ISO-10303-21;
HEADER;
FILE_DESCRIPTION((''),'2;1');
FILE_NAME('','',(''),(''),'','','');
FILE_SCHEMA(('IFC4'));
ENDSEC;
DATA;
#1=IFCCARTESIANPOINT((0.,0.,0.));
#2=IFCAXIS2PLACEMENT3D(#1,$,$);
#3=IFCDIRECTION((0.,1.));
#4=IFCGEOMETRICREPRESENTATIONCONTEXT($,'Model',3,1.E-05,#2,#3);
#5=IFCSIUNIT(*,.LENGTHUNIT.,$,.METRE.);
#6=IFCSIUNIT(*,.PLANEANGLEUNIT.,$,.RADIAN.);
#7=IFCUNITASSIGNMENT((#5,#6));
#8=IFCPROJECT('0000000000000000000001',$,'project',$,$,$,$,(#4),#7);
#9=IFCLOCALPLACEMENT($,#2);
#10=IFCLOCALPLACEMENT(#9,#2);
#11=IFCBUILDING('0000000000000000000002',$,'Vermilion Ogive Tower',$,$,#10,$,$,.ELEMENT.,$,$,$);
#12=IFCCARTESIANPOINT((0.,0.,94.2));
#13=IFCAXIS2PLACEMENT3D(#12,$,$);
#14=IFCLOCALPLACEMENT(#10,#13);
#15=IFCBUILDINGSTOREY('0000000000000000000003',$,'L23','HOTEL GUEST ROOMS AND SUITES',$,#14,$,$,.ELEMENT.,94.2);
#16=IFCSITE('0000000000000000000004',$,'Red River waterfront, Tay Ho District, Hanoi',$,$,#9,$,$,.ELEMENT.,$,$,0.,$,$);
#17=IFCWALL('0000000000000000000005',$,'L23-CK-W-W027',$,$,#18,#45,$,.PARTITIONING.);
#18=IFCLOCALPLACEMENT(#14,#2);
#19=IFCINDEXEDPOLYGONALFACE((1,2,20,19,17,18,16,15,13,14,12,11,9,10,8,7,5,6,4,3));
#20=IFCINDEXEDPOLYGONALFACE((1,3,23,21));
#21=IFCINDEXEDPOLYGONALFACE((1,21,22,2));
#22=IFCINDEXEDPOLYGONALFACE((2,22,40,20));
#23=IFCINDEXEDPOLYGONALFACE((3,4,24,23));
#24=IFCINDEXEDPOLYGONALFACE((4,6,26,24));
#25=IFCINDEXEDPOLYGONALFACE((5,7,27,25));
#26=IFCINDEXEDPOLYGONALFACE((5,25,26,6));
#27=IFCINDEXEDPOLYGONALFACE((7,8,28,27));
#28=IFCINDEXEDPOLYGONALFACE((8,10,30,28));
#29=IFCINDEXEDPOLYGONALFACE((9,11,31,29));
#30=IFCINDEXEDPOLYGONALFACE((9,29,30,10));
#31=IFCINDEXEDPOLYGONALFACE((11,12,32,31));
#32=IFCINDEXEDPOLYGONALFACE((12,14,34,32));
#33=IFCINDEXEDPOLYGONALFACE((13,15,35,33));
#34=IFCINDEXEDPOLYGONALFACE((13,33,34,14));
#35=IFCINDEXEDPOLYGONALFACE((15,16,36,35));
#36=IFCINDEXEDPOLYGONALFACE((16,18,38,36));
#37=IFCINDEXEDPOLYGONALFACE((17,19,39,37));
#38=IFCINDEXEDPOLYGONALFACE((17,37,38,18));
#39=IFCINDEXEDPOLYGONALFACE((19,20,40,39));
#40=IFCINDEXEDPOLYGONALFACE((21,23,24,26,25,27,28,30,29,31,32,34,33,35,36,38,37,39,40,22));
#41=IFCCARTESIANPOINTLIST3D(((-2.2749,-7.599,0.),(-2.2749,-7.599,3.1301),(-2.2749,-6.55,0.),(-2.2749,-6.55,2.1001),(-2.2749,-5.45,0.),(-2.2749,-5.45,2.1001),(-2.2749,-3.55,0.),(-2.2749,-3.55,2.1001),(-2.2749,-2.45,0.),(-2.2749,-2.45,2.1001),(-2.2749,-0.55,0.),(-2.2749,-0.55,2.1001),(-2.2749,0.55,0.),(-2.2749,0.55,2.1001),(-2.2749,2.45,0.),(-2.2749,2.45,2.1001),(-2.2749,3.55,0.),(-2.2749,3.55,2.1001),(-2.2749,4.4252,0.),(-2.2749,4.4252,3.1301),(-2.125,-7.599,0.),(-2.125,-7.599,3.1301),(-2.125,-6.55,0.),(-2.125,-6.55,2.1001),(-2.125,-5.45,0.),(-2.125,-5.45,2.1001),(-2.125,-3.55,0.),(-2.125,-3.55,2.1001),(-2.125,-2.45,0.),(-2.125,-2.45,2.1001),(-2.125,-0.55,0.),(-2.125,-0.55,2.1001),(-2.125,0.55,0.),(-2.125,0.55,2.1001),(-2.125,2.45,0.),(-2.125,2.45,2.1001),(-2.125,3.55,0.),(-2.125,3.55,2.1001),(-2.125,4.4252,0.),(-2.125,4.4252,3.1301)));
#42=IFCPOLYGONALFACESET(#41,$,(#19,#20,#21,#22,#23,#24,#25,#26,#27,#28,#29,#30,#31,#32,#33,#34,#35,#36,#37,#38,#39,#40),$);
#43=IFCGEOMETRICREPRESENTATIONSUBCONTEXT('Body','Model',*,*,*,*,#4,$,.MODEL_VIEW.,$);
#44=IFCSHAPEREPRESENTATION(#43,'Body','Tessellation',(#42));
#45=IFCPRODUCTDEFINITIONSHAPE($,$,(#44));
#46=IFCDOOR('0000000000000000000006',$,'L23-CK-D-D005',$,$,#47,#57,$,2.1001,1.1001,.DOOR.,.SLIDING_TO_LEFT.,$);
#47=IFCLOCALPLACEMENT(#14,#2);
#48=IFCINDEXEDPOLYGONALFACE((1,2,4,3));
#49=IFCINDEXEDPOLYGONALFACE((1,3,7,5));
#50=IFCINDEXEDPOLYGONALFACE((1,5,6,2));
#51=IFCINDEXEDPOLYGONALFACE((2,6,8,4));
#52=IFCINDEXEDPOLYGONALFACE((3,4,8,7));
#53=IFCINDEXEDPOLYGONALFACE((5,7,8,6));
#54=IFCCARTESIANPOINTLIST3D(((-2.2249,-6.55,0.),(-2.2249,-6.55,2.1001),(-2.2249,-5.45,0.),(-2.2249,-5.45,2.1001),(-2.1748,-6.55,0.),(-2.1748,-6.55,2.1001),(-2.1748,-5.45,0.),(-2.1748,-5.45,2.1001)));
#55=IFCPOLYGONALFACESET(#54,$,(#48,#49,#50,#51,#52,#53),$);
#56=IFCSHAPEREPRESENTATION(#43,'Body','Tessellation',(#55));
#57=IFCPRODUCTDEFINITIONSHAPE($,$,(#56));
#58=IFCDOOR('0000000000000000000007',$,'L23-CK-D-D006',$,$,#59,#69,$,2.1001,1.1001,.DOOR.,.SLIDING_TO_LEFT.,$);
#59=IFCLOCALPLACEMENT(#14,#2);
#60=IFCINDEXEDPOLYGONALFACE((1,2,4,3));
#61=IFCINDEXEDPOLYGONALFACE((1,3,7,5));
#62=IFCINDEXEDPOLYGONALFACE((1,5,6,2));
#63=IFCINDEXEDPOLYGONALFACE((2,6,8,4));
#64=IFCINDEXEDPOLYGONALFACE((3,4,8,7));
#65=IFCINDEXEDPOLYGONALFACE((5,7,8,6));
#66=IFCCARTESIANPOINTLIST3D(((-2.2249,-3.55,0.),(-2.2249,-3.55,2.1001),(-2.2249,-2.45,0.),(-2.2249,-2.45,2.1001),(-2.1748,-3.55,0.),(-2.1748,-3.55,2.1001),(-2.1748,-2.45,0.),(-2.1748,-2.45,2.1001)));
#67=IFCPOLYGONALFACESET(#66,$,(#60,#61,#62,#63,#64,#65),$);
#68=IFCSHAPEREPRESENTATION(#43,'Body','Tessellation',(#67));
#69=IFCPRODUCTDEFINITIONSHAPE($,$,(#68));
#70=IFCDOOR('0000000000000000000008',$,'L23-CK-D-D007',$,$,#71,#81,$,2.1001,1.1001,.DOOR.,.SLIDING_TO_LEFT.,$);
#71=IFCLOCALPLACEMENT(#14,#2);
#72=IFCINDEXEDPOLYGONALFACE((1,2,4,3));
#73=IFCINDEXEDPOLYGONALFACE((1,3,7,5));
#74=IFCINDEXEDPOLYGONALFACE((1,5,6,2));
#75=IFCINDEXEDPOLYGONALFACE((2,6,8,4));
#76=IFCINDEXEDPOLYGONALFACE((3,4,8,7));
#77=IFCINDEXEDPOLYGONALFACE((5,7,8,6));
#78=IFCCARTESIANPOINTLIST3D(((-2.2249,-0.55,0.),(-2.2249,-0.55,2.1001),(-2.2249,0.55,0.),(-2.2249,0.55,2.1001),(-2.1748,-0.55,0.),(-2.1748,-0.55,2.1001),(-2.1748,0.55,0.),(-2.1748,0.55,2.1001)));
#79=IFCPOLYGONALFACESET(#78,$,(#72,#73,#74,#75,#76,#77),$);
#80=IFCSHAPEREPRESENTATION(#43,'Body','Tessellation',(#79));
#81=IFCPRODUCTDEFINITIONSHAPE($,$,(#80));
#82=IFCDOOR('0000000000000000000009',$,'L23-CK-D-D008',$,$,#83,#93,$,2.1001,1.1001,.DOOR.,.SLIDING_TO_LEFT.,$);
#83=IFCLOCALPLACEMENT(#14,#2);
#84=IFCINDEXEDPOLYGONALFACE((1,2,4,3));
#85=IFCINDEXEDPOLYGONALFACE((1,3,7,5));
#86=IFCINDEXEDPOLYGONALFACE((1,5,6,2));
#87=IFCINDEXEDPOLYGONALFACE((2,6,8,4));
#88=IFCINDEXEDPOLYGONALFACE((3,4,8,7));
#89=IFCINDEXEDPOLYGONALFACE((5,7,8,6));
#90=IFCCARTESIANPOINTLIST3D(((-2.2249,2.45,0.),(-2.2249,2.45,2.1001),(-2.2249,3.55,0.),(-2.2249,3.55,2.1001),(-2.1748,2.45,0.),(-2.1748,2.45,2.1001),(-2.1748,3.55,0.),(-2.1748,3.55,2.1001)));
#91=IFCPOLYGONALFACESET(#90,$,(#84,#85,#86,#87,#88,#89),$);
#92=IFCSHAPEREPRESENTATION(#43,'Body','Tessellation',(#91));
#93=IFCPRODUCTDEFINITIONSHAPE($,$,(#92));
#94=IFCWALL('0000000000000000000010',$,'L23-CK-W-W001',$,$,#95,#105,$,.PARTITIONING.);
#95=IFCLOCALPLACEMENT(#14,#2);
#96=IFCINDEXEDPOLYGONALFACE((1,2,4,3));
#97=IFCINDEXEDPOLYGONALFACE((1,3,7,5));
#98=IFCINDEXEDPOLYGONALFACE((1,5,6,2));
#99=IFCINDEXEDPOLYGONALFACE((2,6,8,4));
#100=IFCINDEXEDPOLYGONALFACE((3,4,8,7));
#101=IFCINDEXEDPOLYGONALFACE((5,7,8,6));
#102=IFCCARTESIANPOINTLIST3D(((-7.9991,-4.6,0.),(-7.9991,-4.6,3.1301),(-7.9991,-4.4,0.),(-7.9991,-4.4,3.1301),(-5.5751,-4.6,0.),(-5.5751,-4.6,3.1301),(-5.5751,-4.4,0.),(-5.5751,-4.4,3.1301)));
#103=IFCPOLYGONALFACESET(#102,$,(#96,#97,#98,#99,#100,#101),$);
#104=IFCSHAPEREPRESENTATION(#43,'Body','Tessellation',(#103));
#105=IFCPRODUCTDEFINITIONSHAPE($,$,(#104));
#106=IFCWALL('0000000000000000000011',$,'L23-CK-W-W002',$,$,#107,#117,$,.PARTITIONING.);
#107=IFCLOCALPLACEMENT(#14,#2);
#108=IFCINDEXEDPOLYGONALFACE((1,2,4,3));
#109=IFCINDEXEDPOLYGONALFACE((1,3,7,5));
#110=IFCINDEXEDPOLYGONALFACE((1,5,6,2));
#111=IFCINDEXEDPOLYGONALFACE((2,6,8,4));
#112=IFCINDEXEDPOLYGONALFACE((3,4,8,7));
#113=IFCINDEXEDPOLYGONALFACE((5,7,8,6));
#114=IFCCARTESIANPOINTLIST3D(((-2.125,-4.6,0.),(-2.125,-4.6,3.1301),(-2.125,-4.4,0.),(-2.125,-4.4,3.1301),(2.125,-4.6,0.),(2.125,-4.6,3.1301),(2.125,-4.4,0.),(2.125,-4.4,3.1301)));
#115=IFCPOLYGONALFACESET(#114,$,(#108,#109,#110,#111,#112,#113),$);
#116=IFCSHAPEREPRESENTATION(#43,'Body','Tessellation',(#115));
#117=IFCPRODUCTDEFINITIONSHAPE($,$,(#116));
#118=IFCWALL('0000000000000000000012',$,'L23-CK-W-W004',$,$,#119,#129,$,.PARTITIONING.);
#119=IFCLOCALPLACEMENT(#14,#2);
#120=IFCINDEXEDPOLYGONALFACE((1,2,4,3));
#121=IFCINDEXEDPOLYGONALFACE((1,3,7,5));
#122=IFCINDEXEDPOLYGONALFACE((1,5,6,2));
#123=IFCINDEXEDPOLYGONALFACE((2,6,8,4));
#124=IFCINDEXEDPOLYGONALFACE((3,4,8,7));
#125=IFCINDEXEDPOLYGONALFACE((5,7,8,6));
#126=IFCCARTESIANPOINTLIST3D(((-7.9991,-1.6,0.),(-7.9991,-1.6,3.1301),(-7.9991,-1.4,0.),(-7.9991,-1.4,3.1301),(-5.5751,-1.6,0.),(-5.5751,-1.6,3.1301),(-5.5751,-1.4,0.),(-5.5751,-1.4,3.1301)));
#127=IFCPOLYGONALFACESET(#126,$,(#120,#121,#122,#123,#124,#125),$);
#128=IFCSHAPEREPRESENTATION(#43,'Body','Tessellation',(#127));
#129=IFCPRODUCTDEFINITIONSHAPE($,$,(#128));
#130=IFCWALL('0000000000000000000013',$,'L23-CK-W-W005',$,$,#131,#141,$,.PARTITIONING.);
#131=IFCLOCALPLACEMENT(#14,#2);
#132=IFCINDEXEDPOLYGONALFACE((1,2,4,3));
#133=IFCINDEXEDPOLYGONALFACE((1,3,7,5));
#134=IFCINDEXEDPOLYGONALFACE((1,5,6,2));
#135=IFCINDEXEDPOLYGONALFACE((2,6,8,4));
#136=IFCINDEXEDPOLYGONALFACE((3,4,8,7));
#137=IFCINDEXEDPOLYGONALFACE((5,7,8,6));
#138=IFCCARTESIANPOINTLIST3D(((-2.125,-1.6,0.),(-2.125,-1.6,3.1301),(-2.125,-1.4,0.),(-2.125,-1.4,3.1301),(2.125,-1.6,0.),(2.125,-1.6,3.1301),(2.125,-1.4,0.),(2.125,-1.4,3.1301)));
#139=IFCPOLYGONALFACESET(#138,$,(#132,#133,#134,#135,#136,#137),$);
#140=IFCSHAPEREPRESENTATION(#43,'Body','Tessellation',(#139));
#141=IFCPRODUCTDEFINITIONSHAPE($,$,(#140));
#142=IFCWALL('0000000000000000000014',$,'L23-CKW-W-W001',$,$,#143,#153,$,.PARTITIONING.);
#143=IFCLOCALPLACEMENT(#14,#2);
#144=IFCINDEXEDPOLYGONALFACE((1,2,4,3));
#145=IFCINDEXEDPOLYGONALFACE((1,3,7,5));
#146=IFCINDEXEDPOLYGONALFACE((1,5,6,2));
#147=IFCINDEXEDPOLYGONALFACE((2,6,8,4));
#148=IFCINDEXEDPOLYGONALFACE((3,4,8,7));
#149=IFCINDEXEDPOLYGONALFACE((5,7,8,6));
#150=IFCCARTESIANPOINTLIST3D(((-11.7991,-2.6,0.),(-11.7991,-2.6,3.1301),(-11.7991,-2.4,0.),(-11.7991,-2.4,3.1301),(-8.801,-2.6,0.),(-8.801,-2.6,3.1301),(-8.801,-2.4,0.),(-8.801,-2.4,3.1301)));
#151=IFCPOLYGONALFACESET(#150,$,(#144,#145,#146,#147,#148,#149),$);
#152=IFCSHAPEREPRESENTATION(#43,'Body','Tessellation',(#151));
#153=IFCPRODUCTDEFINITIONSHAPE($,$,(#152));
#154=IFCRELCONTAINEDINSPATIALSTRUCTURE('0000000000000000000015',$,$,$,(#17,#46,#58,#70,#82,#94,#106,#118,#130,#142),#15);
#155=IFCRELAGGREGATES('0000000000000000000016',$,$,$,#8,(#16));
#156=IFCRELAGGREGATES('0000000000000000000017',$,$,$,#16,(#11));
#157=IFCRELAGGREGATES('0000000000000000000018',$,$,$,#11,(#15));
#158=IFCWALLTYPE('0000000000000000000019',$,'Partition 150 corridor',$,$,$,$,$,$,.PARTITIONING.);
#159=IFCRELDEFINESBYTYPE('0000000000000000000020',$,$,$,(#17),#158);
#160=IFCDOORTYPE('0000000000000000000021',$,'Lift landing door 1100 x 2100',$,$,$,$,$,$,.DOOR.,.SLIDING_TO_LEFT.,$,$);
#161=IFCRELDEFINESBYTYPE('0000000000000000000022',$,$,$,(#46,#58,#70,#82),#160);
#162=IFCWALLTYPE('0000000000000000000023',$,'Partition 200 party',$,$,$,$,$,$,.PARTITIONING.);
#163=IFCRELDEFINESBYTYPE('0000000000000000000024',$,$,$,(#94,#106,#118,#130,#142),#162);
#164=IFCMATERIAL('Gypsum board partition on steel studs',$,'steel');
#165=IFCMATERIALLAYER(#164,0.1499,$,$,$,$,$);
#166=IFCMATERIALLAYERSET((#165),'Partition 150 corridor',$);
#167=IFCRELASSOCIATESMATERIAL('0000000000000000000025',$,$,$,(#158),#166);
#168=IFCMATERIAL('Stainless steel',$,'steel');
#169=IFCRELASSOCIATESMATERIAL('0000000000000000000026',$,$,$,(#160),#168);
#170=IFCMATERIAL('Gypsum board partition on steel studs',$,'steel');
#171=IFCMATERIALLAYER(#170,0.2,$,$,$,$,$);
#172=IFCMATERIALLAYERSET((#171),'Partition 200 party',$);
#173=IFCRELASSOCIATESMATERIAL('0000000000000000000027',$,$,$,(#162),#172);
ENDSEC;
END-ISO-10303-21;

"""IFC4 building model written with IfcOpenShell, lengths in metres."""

from ifc_helpers import new_model, si_unit, direction, frame, frame_2d, origin, place, context, subcontext, project, spatial, rectangle, extrude, material, layer, layer_set, type_object, element, fill, save


model = new_model("IFC4")

# Units and contexts
model_context = context("Model", 3, precision=1e-05, world=origin(), true_north=direction((0.0, 1.0)))
body_context = subcontext(model_context, "Body", "Model", "MODEL_VIEW")
ifc_project = project(units=[si_unit("LENGTHUNIT", "METRE"), si_unit("PLANEANGLEUNIT", "RADIAN")], contexts=[model_context])

# Site, building, storey
site_placement = place(None, origin())
site = spatial("IfcSite", under=ifc_project, at=site_placement, Name="Red River waterfront, Tay Ho District, Hanoi", CompositionType="ELEMENT", RefElevation=0.0)
building_placement = place(site_placement, origin())
building = spatial("IfcBuilding", under=site, at=building_placement, Name="Vermilion Ogive Tower", CompositionType="ELEMENT")
storey_placement = place(building_placement, frame((0.0, 0.0, 94.2)))
storey = spatial("IfcBuildingStorey", under=building, at=storey_placement, Name="L23", Description="HOTEL GUEST ROOMS AND SUITES", CompositionType="ELEMENT", Elevation=94.2)

# Wall, openings, doors
ifc_material_1 = material(Name="Gypsum board partition on steel studs", Category="steel")
ifc_layer_1 = layer(ifc_material_1, 0.1499)
ifc_layer_set_1 = layer_set([ifc_layer_1], Name="Partition 150 corridor")
wall_type_1 = type_object("IfcWallType", Name="Partition 150 corridor", PredefinedType="PARTITIONING", material=ifc_layer_set_1)
ifc_material_2 = material(Name="Stainless steel", Category="steel")
door_type_1 = type_object("IfcDoorType", Name="Lift landing door 1100 x 2100", OperationType="SLIDING_TO_LEFT", PredefinedType="DOOR", material=ifc_material_2)
wall_1_placement = place(storey_placement, frame((-2.2, -7.5991, 0.0), z_axis=(0.0, 0.0, 1.0), x_axis=(0.0, 1.0, 0.0)))
wall_1 = element("IfcWall", 1, at=wall_1_placement, inside=storey, type_object=wall_type_1, Name="L23-CK-W-W027", PredefinedType="PARTITIONING", context=body_context, shape_type="SweptSolid", body=[
    extrude(rectangle(XDim=12.0242, YDim=0.1499, at=frame_2d((6.0122, 0.0))), origin(), (0.0, 0.0, 1.0), 3.1301),
])
opening_1_placement = place(wall_1_placement, frame((1.0491, 0.0, 0.0)))
opening_1 = element("IfcOpeningElement", 2, at=opening_1_placement, cuts=wall_1, PredefinedType="OPENING", context=body_context, shape_type="SweptSolid", body=[
    extrude(rectangle(XDim=1.1001, YDim=2.1001, at=frame_2d((0.55, 1.05))), frame((0.0, 0.085, 0.0), z_axis=(0.0, -1.0, 0.0), x_axis=(1.0, 0.0, 0.0)), (0.0, 0.0, 1.0), 0.1699),
])
opening_2_placement = place(wall_1_placement, frame((4.0491, 0.0, 0.0)))
opening_2 = element("IfcOpeningElement", 3, at=opening_2_placement, cuts=wall_1, PredefinedType="OPENING", context=body_context, shape_type="SweptSolid", body=[
    extrude(rectangle(XDim=1.1001, YDim=2.1001, at=frame_2d((0.55, 1.05))), frame((0.0, 0.085, 0.0), z_axis=(0.0, -1.0, 0.0), x_axis=(1.0, 0.0, 0.0)), (0.0, 0.0, 1.0), 0.1699),
])
opening_3_placement = place(wall_1_placement, frame((7.0491, 0.0, 0.0)))
opening_3 = element("IfcOpeningElement", 4, at=opening_3_placement, cuts=wall_1, PredefinedType="OPENING", context=body_context, shape_type="SweptSolid", body=[
    extrude(rectangle(XDim=1.1001, YDim=2.1001, at=frame_2d((0.55, 1.05))), frame((0.0, 0.085, 0.0), z_axis=(0.0, -1.0, 0.0), x_axis=(1.0, 0.0, 0.0)), (0.0, 0.0, 1.0), 0.1699),
])
opening_4_placement = place(wall_1_placement, frame((10.0491, 0.0, 0.0)))
opening_4 = element("IfcOpeningElement", 5, at=opening_4_placement, cuts=wall_1, PredefinedType="OPENING", context=body_context, shape_type="SweptSolid", body=[
    extrude(rectangle(XDim=1.1001, YDim=2.1001, at=frame_2d((0.55, 1.05))), frame((0.0, 0.085, 0.0), z_axis=(0.0, -1.0, 0.0), x_axis=(1.0, 0.0, 0.0)), (0.0, 0.0, 1.0), 0.1699),
])
door_1_placement = place(opening_1_placement, origin())
door_1 = element("IfcDoor", 6, at=door_1_placement, inside=storey, type_object=door_type_1, Name="L23-CK-D-D005", OperationType="SLIDING_TO_LEFT", OverallHeight=2.1001, OverallWidth=1.1001, PredefinedType="DOOR", context=body_context, shape_type="SweptSolid", body=[
    extrude(rectangle(XDim=1.1001, YDim=2.1001, at=frame_2d((0.55, 1.05))), frame((0.0, 0.0249, 0.0), z_axis=(0.0, -1.0, 0.0), x_axis=(1.0, 0.0, 0.0)), (0.0, 0.0, 1.0), 0.05),
])
fill(opening_1, door_1)
door_2_placement = place(opening_2_placement, origin())
door_2 = element("IfcDoor", 7, at=door_2_placement, inside=storey, type_object=door_type_1, Name="L23-CK-D-D006", OperationType="SLIDING_TO_LEFT", OverallHeight=2.1001, OverallWidth=1.1001, PredefinedType="DOOR", context=body_context, shape_type="SweptSolid", body=[
    extrude(rectangle(XDim=1.1001, YDim=2.1001, at=frame_2d((0.55, 1.05))), frame((0.0, 0.0249, 0.0), z_axis=(0.0, -1.0, 0.0), x_axis=(1.0, 0.0, 0.0)), (0.0, 0.0, 1.0), 0.05),
])
fill(opening_2, door_2)
door_3_placement = place(opening_3_placement, origin())
door_3 = element("IfcDoor", 8, at=door_3_placement, inside=storey, type_object=door_type_1, Name="L23-CK-D-D007", OperationType="SLIDING_TO_LEFT", OverallHeight=2.1001, OverallWidth=1.1001, PredefinedType="DOOR", context=body_context, shape_type="SweptSolid", body=[
    extrude(rectangle(XDim=1.1001, YDim=2.1001, at=frame_2d((0.55, 1.05))), frame((0.0, 0.0249, 0.0), z_axis=(0.0, -1.0, 0.0), x_axis=(1.0, 0.0, 0.0)), (0.0, 0.0, 1.0), 0.05),
])
fill(opening_3, door_3)
door_4_placement = place(opening_4_placement, origin())
door_4 = element("IfcDoor", 9, at=door_4_placement, inside=storey, type_object=door_type_1, Name="L23-CK-D-D008", OperationType="SLIDING_TO_LEFT", OverallHeight=2.1001, OverallWidth=1.1001, PredefinedType="DOOR", context=body_context, shape_type="SweptSolid", body=[
    extrude(rectangle(XDim=1.1001, YDim=2.1001, at=frame_2d((0.55, 1.05))), frame((0.0, 0.0249, 0.0), z_axis=(0.0, -1.0, 0.0), x_axis=(1.0, 0.0, 0.0)), (0.0, 0.0, 1.0), 0.05),
])
fill(opening_4, door_4)

# Walls
ifc_material_3 = material(Name="Gypsum board partition on steel studs", Category="steel")
ifc_layer_2 = layer(ifc_material_3, 0.2)
ifc_layer_set_2 = layer_set([ifc_layer_2], Name="Partition 200 party")
wall_type_2 = type_object("IfcWallType", Name="Partition 200 party", PredefinedType="PARTITIONING", material=ifc_layer_set_2)
wall_2_placement = place(storey_placement, frame((-7.999, -4.5, 0.0), z_axis=(0.0, 0.0, 1.0), x_axis=(1.0, 0.0, 0.0)))
element("IfcWall", 10, at=wall_2_placement, inside=storey, type_object=wall_type_2, Name="L23-CK-W-W001", PredefinedType="PARTITIONING", context=body_context, shape_type="SweptSolid", body=[
    extrude(rectangle(XDim=2.4241, YDim=0.2, at=frame_2d((1.2119, 0.0))), origin(), (0.0, 0.0, 1.0), 3.1301),
])
wall_3_placement = place(storey_placement, frame((-2.125, -4.5, 0.0), z_axis=(0.0, 0.0, 1.0), x_axis=(1.0, 0.0, 0.0)))
element("IfcWall", 11, at=wall_3_placement, inside=storey, type_object=wall_type_2, Name="L23-CK-W-W002", PredefinedType="PARTITIONING", context=body_context, shape_type="SweptSolid", body=[
    extrude(rectangle(XDim=4.25, YDim=0.2, at=frame_2d((2.125, 0.0))), origin(), (0.0, 0.0, 1.0), 3.1301),
])
wall_4_placement = place(storey_placement, frame((-7.999, -1.5, 0.0), z_axis=(0.0, 0.0, 1.0), x_axis=(1.0, 0.0, 0.0)))
element("IfcWall", 12, at=wall_4_placement, inside=storey, type_object=wall_type_2, Name="L23-CK-W-W004", PredefinedType="PARTITIONING", context=body_context, shape_type="SweptSolid", body=[
    extrude(rectangle(XDim=2.4241, YDim=0.2, at=frame_2d((1.2119, 0.0))), origin(), (0.0, 0.0, 1.0), 3.1301),
])
wall_5_placement = place(storey_placement, frame((-2.125, -1.5, 0.0), z_axis=(0.0, 0.0, 1.0), x_axis=(1.0, 0.0, 0.0)))
element("IfcWall", 13, at=wall_5_placement, inside=storey, type_object=wall_type_2, Name="L23-CK-W-W005", PredefinedType="PARTITIONING", context=body_context, shape_type="SweptSolid", body=[
    extrude(rectangle(XDim=4.25, YDim=0.2, at=frame_2d((2.125, 0.0))), origin(), (0.0, 0.0, 1.0), 3.1301),
])
wall_6_placement = place(storey_placement, frame((-11.7991, -2.5, 0.0), z_axis=(0.0, 0.0, 1.0), x_axis=(1.0, 0.0, 0.0)))
element("IfcWall", 14, at=wall_6_placement, inside=storey, type_object=wall_type_2, Name="L23-CKW-W-W001", PredefinedType="PARTITIONING", context=body_context, shape_type="SweptSolid", body=[
    extrude(rectangle(XDim=2.998, YDim=0.2, at=frame_2d((1.499, 0.0))), origin(), (0.0, 0.0, 1.0), 3.1301),
])

save(model, "model.ifc")
